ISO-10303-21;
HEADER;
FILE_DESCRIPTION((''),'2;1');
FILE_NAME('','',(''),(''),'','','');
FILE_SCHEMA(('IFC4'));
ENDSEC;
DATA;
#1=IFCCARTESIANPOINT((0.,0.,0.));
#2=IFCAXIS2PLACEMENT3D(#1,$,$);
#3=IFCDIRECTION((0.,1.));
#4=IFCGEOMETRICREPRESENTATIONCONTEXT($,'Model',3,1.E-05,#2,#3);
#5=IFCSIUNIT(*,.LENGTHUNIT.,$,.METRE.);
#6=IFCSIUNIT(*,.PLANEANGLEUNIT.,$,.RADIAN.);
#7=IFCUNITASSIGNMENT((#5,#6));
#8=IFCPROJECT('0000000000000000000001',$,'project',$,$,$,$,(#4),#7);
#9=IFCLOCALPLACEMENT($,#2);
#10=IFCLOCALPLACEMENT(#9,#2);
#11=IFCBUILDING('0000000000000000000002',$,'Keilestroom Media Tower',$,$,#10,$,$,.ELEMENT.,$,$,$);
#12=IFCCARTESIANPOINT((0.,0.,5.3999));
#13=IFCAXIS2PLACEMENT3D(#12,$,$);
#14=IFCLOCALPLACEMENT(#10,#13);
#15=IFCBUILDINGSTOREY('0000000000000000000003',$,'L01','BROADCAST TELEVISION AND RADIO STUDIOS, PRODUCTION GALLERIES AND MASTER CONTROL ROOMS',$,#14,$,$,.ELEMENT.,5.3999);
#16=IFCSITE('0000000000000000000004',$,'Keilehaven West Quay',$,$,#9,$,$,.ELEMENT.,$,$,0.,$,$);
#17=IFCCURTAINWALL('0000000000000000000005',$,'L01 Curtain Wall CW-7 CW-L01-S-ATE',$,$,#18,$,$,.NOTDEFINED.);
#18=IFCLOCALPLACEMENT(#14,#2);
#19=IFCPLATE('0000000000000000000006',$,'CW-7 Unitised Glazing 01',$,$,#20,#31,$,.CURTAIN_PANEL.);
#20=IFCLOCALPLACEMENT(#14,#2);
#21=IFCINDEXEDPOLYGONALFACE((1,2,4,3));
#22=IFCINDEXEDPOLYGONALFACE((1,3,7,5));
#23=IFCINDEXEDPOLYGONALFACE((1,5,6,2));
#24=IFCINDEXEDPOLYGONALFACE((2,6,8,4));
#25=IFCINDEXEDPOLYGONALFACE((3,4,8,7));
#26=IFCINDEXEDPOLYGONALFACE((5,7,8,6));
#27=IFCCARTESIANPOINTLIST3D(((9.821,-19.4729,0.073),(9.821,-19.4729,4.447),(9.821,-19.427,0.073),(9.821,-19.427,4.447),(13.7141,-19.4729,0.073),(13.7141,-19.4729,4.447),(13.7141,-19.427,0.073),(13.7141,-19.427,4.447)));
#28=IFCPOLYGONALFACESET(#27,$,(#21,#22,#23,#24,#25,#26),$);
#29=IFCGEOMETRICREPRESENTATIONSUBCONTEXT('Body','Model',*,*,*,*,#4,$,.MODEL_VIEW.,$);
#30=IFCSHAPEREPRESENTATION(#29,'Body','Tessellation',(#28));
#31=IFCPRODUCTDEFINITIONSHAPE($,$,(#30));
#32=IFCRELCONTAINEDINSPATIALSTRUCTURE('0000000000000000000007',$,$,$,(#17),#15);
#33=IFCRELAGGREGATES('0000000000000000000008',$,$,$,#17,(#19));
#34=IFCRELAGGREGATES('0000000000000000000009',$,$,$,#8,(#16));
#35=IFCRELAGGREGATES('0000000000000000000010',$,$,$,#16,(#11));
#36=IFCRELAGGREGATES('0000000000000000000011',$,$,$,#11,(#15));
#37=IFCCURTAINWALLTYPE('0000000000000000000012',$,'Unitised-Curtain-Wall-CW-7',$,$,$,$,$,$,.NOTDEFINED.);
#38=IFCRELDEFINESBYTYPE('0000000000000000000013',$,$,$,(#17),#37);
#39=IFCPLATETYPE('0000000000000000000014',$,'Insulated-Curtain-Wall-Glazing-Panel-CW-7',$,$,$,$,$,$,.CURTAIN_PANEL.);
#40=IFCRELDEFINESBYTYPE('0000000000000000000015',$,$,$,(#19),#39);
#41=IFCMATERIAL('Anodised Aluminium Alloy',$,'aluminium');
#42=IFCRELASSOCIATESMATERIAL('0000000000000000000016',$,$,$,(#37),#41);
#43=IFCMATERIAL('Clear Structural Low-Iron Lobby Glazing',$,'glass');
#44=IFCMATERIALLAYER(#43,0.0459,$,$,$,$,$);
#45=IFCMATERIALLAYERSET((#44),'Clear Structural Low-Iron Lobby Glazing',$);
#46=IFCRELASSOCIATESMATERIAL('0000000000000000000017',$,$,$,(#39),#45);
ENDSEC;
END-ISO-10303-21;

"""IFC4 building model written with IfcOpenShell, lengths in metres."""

from ifc_helpers import new_model, si_unit, direction, frame, origin, origin_2d, place, context, subcontext, project, spatial, rectangle, extrude, source, transform, mapped, material, layer, layer_set, type_object, element, aggregate, save


model = new_model("IFC4")

# Units and contexts
model_context = context("Model", 3, precision=1e-05, world=origin(), true_north=direction((0.0, 1.0)))
body_context = subcontext(model_context, "Body", "Model", "MODEL_VIEW")
ifc_project = project(units=[si_unit("LENGTHUNIT", "METRE"), si_unit("PLANEANGLEUNIT", "RADIAN")], contexts=[model_context])

# Site, building, storey
site_placement = place(None, origin())
site = spatial("IfcSite", under=ifc_project, at=site_placement, Name="Keilehaven West Quay", CompositionType="ELEMENT", RefElevation=0.0)
building_placement = place(site_placement, origin())
building = spatial("IfcBuilding", under=site, at=building_placement, Name="Keilestroom Media Tower", CompositionType="ELEMENT")
storey_placement = place(building_placement, frame((0.0, 0.0, 5.3999)))
storey = spatial("IfcBuildingStorey", under=building, at=storey_placement, Name="L01", Description="BROADCAST TELEVISION AND RADIO STUDIOS, PRODUCTION GALLERIES AND MASTER CONTROL ROOMS", CompositionType="ELEMENT", Elevation=5.3999)

# Curtain wall, plate
ifc_material_1 = material(Name="Anodised Aluminium Alloy", Category="aluminium")
curtain_wall_type = type_object("IfcCurtainWallType", Name="Unitised-Curtain-Wall-CW-7", PredefinedType="NOTDEFINED", material=ifc_material_1)
curtain_wall_placement = place(storey_placement, origin())
curtain_wall = element("IfcCurtainWall", 1, at=curtain_wall_placement, inside=storey, type_object=curtain_wall_type, Name="L01 Curtain Wall CW-7 CW-L01-S-ATE", PredefinedType="NOTDEFINED")
ifc_material_2 = material(Name="Clear Structural Low-Iron Lobby Glazing", Category="glass")
ifc_layer = layer(ifc_material_2, 0.0459)
ifc_layer_set = layer_set([ifc_layer], Name="Clear Structural Low-Iron Lobby Glazing")
plate_type = type_object("IfcPlateType", Name="Insulated-Curtain-Wall-Glazing-Panel-CW-7", PredefinedType="CURTAIN_PANEL", material=ifc_layer_set)
shared_shape_1 = source(origin(), body_context, "Body", "SweptSolid", [
    extrude(rectangle(XDim=3.8931, YDim=0.0459, at=origin_2d()), origin(), (0.0, 0.0, 1.0), 4.374),
])
plate_1_placement = place(storey_placement, frame((11.7676, -19.45, 0.073), z_axis=(0.0, 0.0, 1.0), x_axis=(1.0, 0.0, 0.0)))
plate_1 = element("IfcPlate", 2, at=plate_1_placement, type_object=plate_type, Name="CW-7 Unitised Glazing 01", PredefinedType="CURTAIN_PANEL", context=body_context, shape_type="MappedRepresentation", body=[
    mapped(shared_shape_1, transform((0.0, 0.0, 0.0), x_axis=(1.0, 0.0, 0.0), y_axis=(0.0, 1.0, 0.0), z_axis=(0.0, 0.0, 1.0), scale=1.0)),
])
aggregate(curtain_wall, [plate_1])

save(model, "model.ifc")
